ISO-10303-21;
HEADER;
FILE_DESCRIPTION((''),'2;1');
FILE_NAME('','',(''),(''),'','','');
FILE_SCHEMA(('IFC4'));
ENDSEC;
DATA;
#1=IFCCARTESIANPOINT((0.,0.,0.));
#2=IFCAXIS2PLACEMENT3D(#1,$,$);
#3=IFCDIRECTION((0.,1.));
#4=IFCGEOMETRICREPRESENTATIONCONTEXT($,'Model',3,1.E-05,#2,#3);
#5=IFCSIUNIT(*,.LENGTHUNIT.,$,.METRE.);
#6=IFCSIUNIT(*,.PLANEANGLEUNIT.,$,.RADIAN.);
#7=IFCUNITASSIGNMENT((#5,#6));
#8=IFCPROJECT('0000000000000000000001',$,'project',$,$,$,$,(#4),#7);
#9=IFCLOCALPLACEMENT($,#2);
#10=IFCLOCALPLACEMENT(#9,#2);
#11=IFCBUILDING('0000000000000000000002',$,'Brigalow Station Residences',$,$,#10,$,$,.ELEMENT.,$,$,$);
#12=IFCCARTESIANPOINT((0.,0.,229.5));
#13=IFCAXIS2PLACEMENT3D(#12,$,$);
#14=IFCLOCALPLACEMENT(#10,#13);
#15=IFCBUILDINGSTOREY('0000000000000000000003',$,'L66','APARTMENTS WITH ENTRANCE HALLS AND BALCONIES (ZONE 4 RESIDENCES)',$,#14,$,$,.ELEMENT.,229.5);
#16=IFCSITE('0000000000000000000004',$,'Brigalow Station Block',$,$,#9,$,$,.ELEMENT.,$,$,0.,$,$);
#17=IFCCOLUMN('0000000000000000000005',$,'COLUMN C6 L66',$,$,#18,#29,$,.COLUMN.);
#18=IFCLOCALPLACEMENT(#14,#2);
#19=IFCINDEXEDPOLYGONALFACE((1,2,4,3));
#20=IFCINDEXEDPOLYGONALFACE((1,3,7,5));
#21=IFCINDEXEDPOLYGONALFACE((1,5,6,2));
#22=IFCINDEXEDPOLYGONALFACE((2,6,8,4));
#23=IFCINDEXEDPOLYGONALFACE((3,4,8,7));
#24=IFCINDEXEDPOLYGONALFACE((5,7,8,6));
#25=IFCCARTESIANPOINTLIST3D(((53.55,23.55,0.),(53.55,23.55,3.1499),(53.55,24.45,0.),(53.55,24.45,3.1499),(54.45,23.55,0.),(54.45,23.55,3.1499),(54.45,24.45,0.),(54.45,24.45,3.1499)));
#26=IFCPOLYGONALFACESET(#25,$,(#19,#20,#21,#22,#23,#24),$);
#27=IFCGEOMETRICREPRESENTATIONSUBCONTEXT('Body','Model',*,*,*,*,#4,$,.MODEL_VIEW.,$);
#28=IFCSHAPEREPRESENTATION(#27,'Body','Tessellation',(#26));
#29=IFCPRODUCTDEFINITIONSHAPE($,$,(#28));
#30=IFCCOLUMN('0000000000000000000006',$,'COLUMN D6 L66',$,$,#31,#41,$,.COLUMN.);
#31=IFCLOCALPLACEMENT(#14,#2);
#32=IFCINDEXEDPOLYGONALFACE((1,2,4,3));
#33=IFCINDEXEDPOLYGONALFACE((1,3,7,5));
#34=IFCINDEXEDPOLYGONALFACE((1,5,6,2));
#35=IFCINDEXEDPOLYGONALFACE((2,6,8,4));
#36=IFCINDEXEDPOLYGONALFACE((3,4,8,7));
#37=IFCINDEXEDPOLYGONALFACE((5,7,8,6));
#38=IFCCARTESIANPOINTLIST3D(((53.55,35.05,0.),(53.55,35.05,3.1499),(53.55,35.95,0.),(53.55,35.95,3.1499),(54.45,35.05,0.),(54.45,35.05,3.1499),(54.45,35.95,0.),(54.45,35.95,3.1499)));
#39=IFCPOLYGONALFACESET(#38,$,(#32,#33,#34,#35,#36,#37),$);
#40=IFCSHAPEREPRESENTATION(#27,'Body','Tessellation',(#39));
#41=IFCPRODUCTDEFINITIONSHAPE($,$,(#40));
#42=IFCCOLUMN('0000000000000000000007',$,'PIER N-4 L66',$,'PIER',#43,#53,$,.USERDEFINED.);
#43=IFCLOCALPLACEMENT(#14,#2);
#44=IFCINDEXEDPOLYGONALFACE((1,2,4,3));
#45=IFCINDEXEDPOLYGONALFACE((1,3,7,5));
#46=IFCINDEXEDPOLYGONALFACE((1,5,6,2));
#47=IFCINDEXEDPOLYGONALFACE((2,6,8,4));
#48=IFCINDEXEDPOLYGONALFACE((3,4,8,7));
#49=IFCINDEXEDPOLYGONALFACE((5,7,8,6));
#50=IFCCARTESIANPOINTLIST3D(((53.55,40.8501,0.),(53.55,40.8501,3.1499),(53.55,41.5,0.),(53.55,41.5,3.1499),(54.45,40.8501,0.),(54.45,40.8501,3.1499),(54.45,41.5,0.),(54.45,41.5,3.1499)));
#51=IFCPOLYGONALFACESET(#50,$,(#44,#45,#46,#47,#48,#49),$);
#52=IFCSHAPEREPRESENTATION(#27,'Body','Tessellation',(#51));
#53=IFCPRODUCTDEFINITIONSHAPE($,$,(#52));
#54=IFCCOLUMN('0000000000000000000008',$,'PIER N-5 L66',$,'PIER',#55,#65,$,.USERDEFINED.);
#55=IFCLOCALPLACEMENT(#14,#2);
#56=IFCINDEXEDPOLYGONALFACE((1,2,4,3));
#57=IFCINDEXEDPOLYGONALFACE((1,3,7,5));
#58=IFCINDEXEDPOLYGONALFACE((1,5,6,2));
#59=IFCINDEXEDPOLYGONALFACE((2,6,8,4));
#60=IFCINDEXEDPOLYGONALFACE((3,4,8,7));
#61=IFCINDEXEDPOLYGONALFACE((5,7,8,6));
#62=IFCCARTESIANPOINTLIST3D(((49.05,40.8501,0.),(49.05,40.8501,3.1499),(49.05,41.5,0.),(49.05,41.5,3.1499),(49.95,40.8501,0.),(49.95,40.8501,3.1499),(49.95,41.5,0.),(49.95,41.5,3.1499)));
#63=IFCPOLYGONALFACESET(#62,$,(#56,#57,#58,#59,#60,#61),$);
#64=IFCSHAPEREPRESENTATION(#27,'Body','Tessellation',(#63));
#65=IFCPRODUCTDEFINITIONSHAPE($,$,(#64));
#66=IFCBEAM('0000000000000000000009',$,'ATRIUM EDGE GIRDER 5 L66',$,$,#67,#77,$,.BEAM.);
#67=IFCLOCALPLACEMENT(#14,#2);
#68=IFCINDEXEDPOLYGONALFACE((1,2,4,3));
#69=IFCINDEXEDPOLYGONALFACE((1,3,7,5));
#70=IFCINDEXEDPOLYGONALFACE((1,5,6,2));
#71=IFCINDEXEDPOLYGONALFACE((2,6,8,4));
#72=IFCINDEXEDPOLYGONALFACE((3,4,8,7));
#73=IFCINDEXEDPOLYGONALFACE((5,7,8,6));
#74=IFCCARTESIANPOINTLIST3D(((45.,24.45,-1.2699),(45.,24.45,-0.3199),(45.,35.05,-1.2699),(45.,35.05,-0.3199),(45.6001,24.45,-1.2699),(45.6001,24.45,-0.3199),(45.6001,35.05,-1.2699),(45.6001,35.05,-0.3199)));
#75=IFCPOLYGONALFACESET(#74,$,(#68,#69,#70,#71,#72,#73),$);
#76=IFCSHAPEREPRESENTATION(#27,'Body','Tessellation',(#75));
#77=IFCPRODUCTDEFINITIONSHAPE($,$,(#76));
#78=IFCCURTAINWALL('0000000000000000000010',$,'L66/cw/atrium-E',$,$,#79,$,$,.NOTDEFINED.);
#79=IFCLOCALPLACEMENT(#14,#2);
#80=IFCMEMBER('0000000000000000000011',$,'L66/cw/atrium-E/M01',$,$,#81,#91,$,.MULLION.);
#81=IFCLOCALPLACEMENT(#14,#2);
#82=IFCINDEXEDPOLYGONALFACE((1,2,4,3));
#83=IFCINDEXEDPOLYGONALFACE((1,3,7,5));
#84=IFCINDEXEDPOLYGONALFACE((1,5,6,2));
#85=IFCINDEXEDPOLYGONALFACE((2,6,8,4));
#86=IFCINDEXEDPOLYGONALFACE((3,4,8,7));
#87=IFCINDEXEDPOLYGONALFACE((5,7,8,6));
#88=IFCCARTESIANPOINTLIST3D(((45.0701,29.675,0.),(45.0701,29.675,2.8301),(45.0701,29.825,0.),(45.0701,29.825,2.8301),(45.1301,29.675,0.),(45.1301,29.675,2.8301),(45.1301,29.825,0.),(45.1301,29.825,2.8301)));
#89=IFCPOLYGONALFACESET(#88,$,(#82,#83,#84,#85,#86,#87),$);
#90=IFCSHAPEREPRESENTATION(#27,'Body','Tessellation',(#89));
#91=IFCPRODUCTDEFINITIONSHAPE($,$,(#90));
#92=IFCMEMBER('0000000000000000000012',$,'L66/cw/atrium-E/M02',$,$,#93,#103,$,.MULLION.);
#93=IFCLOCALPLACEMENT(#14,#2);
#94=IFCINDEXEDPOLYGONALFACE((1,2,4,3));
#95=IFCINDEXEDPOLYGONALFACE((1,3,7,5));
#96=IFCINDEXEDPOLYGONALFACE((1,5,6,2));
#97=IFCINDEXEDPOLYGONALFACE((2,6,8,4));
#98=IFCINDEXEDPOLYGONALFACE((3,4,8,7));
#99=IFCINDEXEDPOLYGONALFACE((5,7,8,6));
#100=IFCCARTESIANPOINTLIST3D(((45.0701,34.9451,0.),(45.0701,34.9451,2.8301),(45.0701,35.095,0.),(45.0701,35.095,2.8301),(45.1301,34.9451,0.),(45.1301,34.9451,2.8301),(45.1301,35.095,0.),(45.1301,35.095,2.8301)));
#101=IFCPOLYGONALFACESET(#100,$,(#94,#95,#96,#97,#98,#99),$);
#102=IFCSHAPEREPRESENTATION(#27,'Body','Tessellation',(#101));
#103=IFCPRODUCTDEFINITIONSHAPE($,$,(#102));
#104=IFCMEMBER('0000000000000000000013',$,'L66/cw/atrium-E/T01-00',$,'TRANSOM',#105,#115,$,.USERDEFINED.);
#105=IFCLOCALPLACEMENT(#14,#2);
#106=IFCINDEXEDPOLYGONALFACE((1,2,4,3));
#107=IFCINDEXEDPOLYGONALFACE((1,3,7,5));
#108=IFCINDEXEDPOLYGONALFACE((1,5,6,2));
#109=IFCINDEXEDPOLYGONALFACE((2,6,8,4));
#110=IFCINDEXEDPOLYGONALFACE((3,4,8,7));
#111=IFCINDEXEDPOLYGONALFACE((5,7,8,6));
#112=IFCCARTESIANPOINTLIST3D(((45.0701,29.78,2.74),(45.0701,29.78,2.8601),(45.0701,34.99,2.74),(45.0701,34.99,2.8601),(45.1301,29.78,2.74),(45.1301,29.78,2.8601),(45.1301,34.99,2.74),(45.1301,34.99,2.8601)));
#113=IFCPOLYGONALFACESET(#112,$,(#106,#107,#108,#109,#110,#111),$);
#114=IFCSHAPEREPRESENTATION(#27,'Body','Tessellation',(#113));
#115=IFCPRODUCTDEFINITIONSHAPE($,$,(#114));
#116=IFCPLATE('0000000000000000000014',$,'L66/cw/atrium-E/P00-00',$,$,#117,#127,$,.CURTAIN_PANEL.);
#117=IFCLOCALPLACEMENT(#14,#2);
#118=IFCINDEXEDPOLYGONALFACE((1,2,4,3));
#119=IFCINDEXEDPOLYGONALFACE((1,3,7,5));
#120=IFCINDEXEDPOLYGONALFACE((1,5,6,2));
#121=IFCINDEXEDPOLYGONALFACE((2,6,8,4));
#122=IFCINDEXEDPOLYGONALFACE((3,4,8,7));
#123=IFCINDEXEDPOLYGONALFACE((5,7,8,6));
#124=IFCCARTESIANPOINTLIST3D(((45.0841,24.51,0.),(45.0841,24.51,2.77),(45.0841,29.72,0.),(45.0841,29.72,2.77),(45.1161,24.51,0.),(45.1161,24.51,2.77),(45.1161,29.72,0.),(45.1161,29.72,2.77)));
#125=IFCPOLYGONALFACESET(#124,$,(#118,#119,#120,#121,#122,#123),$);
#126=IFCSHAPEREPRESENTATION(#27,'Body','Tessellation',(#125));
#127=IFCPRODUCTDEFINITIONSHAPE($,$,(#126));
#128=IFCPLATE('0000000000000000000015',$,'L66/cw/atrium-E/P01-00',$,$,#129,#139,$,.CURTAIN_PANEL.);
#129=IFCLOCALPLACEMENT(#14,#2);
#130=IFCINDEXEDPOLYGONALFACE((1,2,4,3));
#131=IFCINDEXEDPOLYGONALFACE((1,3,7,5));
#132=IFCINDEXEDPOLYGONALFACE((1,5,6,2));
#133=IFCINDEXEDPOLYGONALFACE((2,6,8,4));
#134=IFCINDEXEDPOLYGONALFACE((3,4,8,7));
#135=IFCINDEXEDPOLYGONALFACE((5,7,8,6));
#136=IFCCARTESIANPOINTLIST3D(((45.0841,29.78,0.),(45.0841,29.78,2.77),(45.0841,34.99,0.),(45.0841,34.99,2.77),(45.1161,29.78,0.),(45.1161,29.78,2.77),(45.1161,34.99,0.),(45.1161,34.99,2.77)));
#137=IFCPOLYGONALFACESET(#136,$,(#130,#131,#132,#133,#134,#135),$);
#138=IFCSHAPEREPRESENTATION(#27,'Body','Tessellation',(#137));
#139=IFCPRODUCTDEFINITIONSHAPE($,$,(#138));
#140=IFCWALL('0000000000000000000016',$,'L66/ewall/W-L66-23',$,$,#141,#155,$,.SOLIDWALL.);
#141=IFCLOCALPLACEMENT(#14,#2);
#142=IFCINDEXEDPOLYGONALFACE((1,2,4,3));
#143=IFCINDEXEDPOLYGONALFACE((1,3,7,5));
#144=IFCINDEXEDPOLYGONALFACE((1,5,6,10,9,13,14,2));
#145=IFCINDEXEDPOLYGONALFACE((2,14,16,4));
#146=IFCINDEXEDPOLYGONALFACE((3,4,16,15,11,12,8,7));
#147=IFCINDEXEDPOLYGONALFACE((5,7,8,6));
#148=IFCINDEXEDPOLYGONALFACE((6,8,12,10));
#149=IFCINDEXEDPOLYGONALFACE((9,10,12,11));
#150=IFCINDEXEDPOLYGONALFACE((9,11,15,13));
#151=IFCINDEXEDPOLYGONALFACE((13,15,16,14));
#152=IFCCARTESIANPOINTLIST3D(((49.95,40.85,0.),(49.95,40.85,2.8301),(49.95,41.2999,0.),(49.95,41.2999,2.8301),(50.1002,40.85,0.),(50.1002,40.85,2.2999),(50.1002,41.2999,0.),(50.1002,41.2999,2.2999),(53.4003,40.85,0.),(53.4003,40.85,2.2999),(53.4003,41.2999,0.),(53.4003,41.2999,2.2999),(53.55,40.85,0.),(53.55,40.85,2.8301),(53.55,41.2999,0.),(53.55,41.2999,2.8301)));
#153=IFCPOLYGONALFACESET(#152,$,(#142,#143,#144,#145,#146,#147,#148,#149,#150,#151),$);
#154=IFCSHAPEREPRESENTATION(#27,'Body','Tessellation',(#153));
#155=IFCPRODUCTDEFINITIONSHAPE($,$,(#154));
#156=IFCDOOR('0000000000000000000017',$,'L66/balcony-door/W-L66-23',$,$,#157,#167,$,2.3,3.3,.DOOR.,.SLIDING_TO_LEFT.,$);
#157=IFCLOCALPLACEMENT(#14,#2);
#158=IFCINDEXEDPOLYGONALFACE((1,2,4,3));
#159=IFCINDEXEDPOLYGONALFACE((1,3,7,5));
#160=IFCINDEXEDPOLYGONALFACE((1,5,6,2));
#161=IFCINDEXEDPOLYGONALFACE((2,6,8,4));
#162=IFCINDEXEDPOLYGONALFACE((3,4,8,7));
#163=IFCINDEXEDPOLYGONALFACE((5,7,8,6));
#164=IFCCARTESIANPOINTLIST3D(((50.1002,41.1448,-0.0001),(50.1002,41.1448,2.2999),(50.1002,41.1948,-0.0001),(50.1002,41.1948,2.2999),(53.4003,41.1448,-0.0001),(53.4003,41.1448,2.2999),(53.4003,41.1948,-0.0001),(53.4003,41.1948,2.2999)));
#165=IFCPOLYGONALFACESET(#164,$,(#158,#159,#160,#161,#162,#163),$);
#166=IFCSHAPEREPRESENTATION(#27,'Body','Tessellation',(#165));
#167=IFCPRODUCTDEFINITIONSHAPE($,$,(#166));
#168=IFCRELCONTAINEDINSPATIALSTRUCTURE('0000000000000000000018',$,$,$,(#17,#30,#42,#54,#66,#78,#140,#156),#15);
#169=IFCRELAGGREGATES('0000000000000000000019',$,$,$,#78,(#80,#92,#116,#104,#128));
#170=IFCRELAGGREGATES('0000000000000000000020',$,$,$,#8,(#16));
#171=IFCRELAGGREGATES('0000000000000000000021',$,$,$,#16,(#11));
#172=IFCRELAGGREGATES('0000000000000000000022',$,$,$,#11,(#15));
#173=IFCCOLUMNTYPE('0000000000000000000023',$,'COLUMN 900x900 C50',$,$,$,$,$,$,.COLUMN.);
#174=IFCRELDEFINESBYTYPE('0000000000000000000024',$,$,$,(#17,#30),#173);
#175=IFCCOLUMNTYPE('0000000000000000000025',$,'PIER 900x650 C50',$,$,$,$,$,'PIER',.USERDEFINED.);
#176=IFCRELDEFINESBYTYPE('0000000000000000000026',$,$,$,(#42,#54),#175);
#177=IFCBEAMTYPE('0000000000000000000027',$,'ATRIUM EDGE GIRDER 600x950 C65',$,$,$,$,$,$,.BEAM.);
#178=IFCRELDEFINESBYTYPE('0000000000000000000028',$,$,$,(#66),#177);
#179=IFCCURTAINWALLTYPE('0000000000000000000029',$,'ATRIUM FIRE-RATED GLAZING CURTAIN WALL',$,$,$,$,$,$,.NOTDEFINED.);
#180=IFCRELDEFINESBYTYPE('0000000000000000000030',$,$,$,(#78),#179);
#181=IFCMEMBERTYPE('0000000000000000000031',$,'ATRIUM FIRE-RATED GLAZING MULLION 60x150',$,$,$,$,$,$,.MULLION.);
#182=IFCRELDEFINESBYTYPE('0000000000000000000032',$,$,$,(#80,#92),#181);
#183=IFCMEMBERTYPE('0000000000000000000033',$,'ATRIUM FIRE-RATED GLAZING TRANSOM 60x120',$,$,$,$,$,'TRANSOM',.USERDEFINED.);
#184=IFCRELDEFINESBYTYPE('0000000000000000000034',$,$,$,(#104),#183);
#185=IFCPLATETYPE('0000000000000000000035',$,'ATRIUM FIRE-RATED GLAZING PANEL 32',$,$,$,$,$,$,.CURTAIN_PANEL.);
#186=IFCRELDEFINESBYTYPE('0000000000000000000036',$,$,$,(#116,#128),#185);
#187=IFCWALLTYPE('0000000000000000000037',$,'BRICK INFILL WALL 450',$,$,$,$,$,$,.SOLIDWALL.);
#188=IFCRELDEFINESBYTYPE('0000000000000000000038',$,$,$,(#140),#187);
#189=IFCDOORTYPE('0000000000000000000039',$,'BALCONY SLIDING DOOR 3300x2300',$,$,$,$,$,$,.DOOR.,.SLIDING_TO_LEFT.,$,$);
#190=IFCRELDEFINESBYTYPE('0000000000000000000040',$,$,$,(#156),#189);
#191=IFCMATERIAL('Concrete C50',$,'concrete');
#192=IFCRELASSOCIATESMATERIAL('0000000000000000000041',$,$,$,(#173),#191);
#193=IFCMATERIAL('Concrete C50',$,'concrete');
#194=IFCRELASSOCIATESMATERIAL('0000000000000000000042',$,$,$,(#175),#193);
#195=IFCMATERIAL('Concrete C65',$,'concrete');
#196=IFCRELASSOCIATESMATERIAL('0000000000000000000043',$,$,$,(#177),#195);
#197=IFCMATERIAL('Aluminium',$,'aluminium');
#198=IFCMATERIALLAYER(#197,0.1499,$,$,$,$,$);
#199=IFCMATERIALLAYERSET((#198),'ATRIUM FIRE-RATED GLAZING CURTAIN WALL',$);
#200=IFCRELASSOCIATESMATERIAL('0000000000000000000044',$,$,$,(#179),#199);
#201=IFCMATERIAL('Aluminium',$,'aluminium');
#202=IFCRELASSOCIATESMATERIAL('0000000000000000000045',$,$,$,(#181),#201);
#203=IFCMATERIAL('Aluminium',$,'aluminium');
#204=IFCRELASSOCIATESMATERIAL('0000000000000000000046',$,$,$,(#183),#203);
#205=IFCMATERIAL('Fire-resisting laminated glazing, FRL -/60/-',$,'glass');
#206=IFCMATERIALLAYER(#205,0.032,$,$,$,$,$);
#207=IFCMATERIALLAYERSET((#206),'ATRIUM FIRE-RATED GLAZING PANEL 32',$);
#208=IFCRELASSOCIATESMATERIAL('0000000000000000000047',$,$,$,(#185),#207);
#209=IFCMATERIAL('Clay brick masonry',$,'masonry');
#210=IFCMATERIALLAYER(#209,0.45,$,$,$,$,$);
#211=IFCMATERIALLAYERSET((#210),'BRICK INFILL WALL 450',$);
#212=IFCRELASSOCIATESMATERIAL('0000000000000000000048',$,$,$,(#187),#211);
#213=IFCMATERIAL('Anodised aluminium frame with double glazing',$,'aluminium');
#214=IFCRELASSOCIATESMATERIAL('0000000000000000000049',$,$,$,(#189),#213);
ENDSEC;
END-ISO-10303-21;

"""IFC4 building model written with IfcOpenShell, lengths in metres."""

from ifc_helpers import new_model, si_unit, direction, frame, frame_2d, origin, origin_2d, place, context, subcontext, project, spatial, rectangle, extrude, material, layer, layer_set, material_profile, profile_set, type_object, element, fill, aggregate, save


model = new_model("IFC4")

# Units and contexts
model_context = context("Model", 3, precision=1e-05, world=origin(), true_north=direction((0.0, 1.0)))
body_context = subcontext(model_context, "Body", "Model", "MODEL_VIEW")
ifc_project = project(units=[si_unit("LENGTHUNIT", "METRE"), si_unit("PLANEANGLEUNIT", "RADIAN")], contexts=[model_context])

# Site, building, storey
site_placement = place(None, origin())
site = spatial("IfcSite", under=ifc_project, at=site_placement, Name="Brigalow Station Block", CompositionType="ELEMENT", RefElevation=0.0)
building_placement = place(site_placement, origin())
building = spatial("IfcBuilding", under=site, at=building_placement, Name="Brigalow Station Residences", CompositionType="ELEMENT")
storey_placement = place(building_placement, frame((0.0, 0.0, 229.5)))
storey = spatial("IfcBuildingStorey", under=building, at=storey_placement, Name="L66", Description="APARTMENTS WITH ENTRANCE HALLS AND BALCONIES (ZONE 4 RESIDENCES)", CompositionType="ELEMENT", Elevation=229.5)

# Columns
ifc_material_1 = material(Name="Concrete C50", Category="concrete")
ifc_material_profile_1 = material_profile(ifc_material_1, rectangle(XDim=0.8999, YDim=0.8999, at=origin_2d()), Name="RC900x900")
ifc_profile_set_1 = profile_set([ifc_material_profile_1], Name="Concrete C50")
column_type_1 = type_object("IfcColumnType", Name="COLUMN 900x900 C50", PredefinedType="COLUMN", material=ifc_profile_set_1)
for number, where, z_axis, x_axis, name in (
    (1, (54.0, 24.0, 0.0), (0.0, 0.0, 1.0), (1.0, 0.0, 0.0), "COLUMN C6 L66"),
    (2, (54.0, 35.5, 0.0), (0.0, 0.0, 1.0), (1.0, 0.0, 0.0), "COLUMN D6 L66"),
):
    element("IfcColumn", number, at=place(storey_placement, frame(where, z_axis=z_axis, x_axis=x_axis)), inside=storey, type_object=column_type_1, Name=name, PredefinedType="COLUMN", context=body_context, shape_type="SweptSolid", body=[
        extrude(rectangle(XDim=0.8999, YDim=0.8999, at=origin_2d()), origin(), (0.0, 0.0, 1.0), 3.1499),
    ])
ifc_material_2 = material(Name="Concrete C50", Category="concrete")
ifc_material_profile_2 = material_profile(ifc_material_2, rectangle(XDim=0.8999, YDim=0.6499, at=origin_2d()), Name="RC900x650")
ifc_profile_set_2 = profile_set([ifc_material_profile_2], Name="Concrete C50")
column_type_2 = type_object("IfcColumnType", Name="PIER 900x650 C50", ElementType="PIER", PredefinedType="USERDEFINED", material=ifc_profile_set_2)
for number, where, z_axis, x_axis, name in (
    (3, (54.0, 41.175, 0.0), (0.0, 0.0, 1.0), (-1.0, 0.0, 0.0), "PIER N-4 L66"),
    (4, (49.5, 41.175, 0.0), (0.0, 0.0, 1.0), (-1.0, 0.0, 0.0), "PIER N-5 L66"),
):
    element("IfcColumn", number, at=place(storey_placement, frame(where, z_axis=z_axis, x_axis=x_axis)), inside=storey, type_object=column_type_2, Name=name, ObjectType="PIER", PredefinedType="USERDEFINED", context=body_context, shape_type="SweptSolid", body=[
        extrude(rectangle(XDim=0.8999, YDim=0.6499, at=origin_2d()), origin(), (0.0, 0.0, 1.0), 3.1499),
    ])

# Beam
ifc_material_3 = material(Name="Concrete C65", Category="concrete")
ifc_material_profile_3 = material_profile(ifc_material_3, rectangle(XDim=0.6001, YDim=0.95, at=origin_2d()), Name="RC600x950")
ifc_profile_set_3 = profile_set([ifc_material_profile_3], Name="Concrete C65")
beam_type = type_object("IfcBeamType", Name="ATRIUM EDGE GIRDER 600x950 C65", PredefinedType="BEAM", material=ifc_profile_set_3)
beam_placement = place(storey_placement, frame((45.3, 24.45, -0.7949), z_axis=(0.0, 1.0, 0.0), x_axis=(-1.0, 0.0, 0.0)))
element("IfcBeam", 5, at=beam_placement, inside=storey, type_object=beam_type, Name="ATRIUM EDGE GIRDER 5 L66", PredefinedType="BEAM", context=body_context, shape_type="SweptSolid", body=[
    extrude(rectangle(XDim=0.6001, YDim=0.95, at=origin_2d()), origin(), (0.0, 0.0, 1.0), 10.6001),
])

# Curtain wall, members, plates
ifc_material_4 = material(Name="Aluminium", Category="aluminium")
ifc_layer_1 = layer(ifc_material_4, 0.1499)
ifc_layer_set_1 = layer_set([ifc_layer_1], Name="ATRIUM FIRE-RATED GLAZING CURTAIN WALL")
curtain_wall_type = type_object("IfcCurtainWallType", Name="ATRIUM FIRE-RATED GLAZING CURTAIN WALL", PredefinedType="NOTDEFINED", material=ifc_layer_set_1)
curtain_wall_placement = place(storey_placement, origin())
curtain_wall = element("IfcCurtainWall", 6, at=curtain_wall_placement, inside=storey, type_object=curtain_wall_type, Name="L66/cw/atrium-E", PredefinedType="NOTDEFINED")
ifc_material_5 = material(Name="Aluminium", Category="aluminium")
ifc_material_profile_4 = material_profile(ifc_material_5, rectangle(XDim=0.0601, YDim=0.1499, at=origin_2d()), Name="ATRIUM FIRE-RATED GLAZING MULLION 60x150")
ifc_profile_set_4 = profile_set([ifc_material_profile_4], Name="Aluminium")
member_type_1 = type_object("IfcMemberType", Name="ATRIUM FIRE-RATED GLAZING MULLION 60x150", PredefinedType="MULLION", material=ifc_profile_set_4)
member_1_placement = place(storey_placement, frame((45.1001, 29.75, 0.0), z_axis=(0.0, 0.0, 1.0), x_axis=(-1.0, 0.0, 0.0)))
member_1 = element("IfcMember", 7, at=member_1_placement, type_object=member_type_1, Name="L66/cw/atrium-E/M01", PredefinedType="MULLION", context=body_context, shape_type="SweptSolid", body=[
    extrude(rectangle(XDim=0.0601, YDim=0.1499, at=origin_2d()), origin(), (0.0, 0.0, 1.0), 2.8301),
])
member_2_placement = place(storey_placement, frame((45.1001, 35.02, 0.0), z_axis=(0.0, 0.0, 1.0), x_axis=(-1.0, 0.0, 0.0)))
member_2 = element("IfcMember", 8, at=member_2_placement, type_object=member_type_1, Name="L66/cw/atrium-E/M02", PredefinedType="MULLION", context=body_context, shape_type="SweptSolid", body=[
    extrude(rectangle(XDim=0.0601, YDim=0.1499, at=origin_2d()), origin(), (0.0, 0.0, 1.0), 2.8301),
])
ifc_material_6 = material(Name="Aluminium", Category="aluminium")
ifc_material_profile_5 = material_profile(ifc_material_6, rectangle(XDim=0.0601, YDim=0.1201, at=origin_2d()), Name="ATRIUM FIRE-RATED GLAZING TRANSOM 60x120")
ifc_profile_set_5 = profile_set([ifc_material_profile_5], Name="Aluminium")
member_type_2 = type_object("IfcMemberType", Name="ATRIUM FIRE-RATED GLAZING TRANSOM 60x120", ElementType="TRANSOM", PredefinedType="USERDEFINED", material=ifc_profile_set_5)
member_3_placement = place(storey_placement, frame((45.1001, 29.78, 2.8), z_axis=(0.0, 1.0, 0.0), x_axis=(-1.0, 0.0, 0.0)))
member_3 = element("IfcMember", 9, at=member_3_placement, type_object=member_type_2, Name="L66/cw/atrium-E/T01-00", ObjectType="TRANSOM", PredefinedType="USERDEFINED", context=body_context, shape_type="SweptSolid", body=[
    extrude(rectangle(XDim=0.0601, YDim=0.1201, at=origin_2d()), origin(), (0.0, 0.0, 1.0), 5.21),
])
ifc_material_7 = material(Name="Fire-resisting laminated glazing, FRL -/60/-", Category="glass")
ifc_layer_2 = layer(ifc_material_7, 0.032)
ifc_layer_set_2 = layer_set([ifc_layer_2], Name="ATRIUM FIRE-RATED GLAZING PANEL 32")
plate_type = type_object("IfcPlateType", Name="ATRIUM FIRE-RATED GLAZING PANEL 32", PredefinedType="CURTAIN_PANEL", material=ifc_layer_set_2)
plate_1_placement = place(storey_placement, frame((45.1001, 27.115, 0.0), z_axis=(0.0, 0.0, 1.0), x_axis=(0.0, 1.0, 0.0)))
plate_1 = element("IfcPlate", 10, at=plate_1_placement, type_object=plate_type, Name="L66/cw/atrium-E/P00-00", PredefinedType="CURTAIN_PANEL", context=body_context, shape_type="SweptSolid", body=[
    extrude(rectangle(XDim=5.21, YDim=0.032, at=origin_2d()), origin(), (0.0, 0.0, 1.0), 2.77),
])
plate_2_placement = place(storey_placement, frame((45.1001, 32.385, 0.0), z_axis=(0.0, 0.0, 1.0), x_axis=(0.0, 1.0, 0.0)))
plate_2 = element("IfcPlate", 11, at=plate_2_placement, type_object=plate_type, Name="L66/cw/atrium-E/P01-00", PredefinedType="CURTAIN_PANEL", context=body_context, shape_type="SweptSolid", body=[
    extrude(rectangle(XDim=5.21, YDim=0.032, at=origin_2d()), origin(), (0.0, 0.0, 1.0), 2.77),
])
aggregate(curtain_wall, [member_1, member_2, plate_1, member_3, plate_2])

# Wall, opening, door
ifc_material_8 = material(Name="Clay brick masonry", Category="masonry")
ifc_layer_3 = layer(ifc_material_8, 0.45)
ifc_layer_set_3 = layer_set([ifc_layer_3], Name="BRICK INFILL WALL 450")
wall_type_1 = type_object("IfcWallType", Name="BRICK INFILL WALL 450", PredefinedType="SOLIDWALL", material=ifc_layer_set_3)
wall_1_placement = place(storey_placement, frame((53.55, 41.075, 0.0), z_axis=(0.0, 0.0, 1.0), x_axis=(-1.0, 0.0, 0.0)))
wall_1 = element("IfcWall", 12, at=wall_1_placement, inside=storey, type_object=wall_type_1, Name="L66/ewall/W-L66-23", PredefinedType="SOLIDWALL", context=body_context, shape_type="SweptSolid", body=[
    extrude(rectangle(XDim=3.6001, YDim=0.45, at=frame_2d((1.8, 0.0))), origin(), (0.0, 0.0, 1.0), 2.8301),
])
opening_1_placement = place(wall_1_placement, frame((0.1499, 0.0, 0.0)))
opening_1 = element("IfcOpeningElement", 13, at=opening_1_placement, cuts=wall_1, PredefinedType="OPENING", context=body_context, shape_type="SweptSolid", body=[
    extrude(rectangle(XDim=3.3, YDim=2.3, at=frame_2d((1.6499, 1.1499))), frame((0.0, 0.2349, 0.0), z_axis=(0.0, -1.0, 0.0), x_axis=(1.0, 0.0, 0.0)), (0.0, 0.0, 1.0), 0.47),
])
ifc_material_9 = material(Name="Anodised aluminium frame with double glazing", Category="aluminium")
door_type_1 = type_object("IfcDoorType", Name="BALCONY SLIDING DOOR 3300x2300", OperationType="SLIDING_TO_LEFT", PredefinedType="DOOR", material=ifc_material_9)
door_1_placement = place(opening_1_placement, origin())
door_1 = element("IfcDoor", 14, at=door_1_placement, inside=storey, type_object=door_type_1, Name="L66/balcony-door/W-L66-23", OperationType="SLIDING_TO_LEFT", OverallHeight=2.3, OverallWidth=3.3, PredefinedType="DOOR", context=body_context, shape_type="SweptSolid", body=[
    extrude(rectangle(XDim=3.3, YDim=2.3, at=frame_2d((1.6499, 1.1499))), frame((0.0, -0.0698, 0.0), z_axis=(0.0, -1.0, 0.0), x_axis=(1.0, 0.0, 0.0)), (0.0, 0.0, 1.0), 0.05),
])
fill(opening_1, door_1)

save(model, "model.ifc")
